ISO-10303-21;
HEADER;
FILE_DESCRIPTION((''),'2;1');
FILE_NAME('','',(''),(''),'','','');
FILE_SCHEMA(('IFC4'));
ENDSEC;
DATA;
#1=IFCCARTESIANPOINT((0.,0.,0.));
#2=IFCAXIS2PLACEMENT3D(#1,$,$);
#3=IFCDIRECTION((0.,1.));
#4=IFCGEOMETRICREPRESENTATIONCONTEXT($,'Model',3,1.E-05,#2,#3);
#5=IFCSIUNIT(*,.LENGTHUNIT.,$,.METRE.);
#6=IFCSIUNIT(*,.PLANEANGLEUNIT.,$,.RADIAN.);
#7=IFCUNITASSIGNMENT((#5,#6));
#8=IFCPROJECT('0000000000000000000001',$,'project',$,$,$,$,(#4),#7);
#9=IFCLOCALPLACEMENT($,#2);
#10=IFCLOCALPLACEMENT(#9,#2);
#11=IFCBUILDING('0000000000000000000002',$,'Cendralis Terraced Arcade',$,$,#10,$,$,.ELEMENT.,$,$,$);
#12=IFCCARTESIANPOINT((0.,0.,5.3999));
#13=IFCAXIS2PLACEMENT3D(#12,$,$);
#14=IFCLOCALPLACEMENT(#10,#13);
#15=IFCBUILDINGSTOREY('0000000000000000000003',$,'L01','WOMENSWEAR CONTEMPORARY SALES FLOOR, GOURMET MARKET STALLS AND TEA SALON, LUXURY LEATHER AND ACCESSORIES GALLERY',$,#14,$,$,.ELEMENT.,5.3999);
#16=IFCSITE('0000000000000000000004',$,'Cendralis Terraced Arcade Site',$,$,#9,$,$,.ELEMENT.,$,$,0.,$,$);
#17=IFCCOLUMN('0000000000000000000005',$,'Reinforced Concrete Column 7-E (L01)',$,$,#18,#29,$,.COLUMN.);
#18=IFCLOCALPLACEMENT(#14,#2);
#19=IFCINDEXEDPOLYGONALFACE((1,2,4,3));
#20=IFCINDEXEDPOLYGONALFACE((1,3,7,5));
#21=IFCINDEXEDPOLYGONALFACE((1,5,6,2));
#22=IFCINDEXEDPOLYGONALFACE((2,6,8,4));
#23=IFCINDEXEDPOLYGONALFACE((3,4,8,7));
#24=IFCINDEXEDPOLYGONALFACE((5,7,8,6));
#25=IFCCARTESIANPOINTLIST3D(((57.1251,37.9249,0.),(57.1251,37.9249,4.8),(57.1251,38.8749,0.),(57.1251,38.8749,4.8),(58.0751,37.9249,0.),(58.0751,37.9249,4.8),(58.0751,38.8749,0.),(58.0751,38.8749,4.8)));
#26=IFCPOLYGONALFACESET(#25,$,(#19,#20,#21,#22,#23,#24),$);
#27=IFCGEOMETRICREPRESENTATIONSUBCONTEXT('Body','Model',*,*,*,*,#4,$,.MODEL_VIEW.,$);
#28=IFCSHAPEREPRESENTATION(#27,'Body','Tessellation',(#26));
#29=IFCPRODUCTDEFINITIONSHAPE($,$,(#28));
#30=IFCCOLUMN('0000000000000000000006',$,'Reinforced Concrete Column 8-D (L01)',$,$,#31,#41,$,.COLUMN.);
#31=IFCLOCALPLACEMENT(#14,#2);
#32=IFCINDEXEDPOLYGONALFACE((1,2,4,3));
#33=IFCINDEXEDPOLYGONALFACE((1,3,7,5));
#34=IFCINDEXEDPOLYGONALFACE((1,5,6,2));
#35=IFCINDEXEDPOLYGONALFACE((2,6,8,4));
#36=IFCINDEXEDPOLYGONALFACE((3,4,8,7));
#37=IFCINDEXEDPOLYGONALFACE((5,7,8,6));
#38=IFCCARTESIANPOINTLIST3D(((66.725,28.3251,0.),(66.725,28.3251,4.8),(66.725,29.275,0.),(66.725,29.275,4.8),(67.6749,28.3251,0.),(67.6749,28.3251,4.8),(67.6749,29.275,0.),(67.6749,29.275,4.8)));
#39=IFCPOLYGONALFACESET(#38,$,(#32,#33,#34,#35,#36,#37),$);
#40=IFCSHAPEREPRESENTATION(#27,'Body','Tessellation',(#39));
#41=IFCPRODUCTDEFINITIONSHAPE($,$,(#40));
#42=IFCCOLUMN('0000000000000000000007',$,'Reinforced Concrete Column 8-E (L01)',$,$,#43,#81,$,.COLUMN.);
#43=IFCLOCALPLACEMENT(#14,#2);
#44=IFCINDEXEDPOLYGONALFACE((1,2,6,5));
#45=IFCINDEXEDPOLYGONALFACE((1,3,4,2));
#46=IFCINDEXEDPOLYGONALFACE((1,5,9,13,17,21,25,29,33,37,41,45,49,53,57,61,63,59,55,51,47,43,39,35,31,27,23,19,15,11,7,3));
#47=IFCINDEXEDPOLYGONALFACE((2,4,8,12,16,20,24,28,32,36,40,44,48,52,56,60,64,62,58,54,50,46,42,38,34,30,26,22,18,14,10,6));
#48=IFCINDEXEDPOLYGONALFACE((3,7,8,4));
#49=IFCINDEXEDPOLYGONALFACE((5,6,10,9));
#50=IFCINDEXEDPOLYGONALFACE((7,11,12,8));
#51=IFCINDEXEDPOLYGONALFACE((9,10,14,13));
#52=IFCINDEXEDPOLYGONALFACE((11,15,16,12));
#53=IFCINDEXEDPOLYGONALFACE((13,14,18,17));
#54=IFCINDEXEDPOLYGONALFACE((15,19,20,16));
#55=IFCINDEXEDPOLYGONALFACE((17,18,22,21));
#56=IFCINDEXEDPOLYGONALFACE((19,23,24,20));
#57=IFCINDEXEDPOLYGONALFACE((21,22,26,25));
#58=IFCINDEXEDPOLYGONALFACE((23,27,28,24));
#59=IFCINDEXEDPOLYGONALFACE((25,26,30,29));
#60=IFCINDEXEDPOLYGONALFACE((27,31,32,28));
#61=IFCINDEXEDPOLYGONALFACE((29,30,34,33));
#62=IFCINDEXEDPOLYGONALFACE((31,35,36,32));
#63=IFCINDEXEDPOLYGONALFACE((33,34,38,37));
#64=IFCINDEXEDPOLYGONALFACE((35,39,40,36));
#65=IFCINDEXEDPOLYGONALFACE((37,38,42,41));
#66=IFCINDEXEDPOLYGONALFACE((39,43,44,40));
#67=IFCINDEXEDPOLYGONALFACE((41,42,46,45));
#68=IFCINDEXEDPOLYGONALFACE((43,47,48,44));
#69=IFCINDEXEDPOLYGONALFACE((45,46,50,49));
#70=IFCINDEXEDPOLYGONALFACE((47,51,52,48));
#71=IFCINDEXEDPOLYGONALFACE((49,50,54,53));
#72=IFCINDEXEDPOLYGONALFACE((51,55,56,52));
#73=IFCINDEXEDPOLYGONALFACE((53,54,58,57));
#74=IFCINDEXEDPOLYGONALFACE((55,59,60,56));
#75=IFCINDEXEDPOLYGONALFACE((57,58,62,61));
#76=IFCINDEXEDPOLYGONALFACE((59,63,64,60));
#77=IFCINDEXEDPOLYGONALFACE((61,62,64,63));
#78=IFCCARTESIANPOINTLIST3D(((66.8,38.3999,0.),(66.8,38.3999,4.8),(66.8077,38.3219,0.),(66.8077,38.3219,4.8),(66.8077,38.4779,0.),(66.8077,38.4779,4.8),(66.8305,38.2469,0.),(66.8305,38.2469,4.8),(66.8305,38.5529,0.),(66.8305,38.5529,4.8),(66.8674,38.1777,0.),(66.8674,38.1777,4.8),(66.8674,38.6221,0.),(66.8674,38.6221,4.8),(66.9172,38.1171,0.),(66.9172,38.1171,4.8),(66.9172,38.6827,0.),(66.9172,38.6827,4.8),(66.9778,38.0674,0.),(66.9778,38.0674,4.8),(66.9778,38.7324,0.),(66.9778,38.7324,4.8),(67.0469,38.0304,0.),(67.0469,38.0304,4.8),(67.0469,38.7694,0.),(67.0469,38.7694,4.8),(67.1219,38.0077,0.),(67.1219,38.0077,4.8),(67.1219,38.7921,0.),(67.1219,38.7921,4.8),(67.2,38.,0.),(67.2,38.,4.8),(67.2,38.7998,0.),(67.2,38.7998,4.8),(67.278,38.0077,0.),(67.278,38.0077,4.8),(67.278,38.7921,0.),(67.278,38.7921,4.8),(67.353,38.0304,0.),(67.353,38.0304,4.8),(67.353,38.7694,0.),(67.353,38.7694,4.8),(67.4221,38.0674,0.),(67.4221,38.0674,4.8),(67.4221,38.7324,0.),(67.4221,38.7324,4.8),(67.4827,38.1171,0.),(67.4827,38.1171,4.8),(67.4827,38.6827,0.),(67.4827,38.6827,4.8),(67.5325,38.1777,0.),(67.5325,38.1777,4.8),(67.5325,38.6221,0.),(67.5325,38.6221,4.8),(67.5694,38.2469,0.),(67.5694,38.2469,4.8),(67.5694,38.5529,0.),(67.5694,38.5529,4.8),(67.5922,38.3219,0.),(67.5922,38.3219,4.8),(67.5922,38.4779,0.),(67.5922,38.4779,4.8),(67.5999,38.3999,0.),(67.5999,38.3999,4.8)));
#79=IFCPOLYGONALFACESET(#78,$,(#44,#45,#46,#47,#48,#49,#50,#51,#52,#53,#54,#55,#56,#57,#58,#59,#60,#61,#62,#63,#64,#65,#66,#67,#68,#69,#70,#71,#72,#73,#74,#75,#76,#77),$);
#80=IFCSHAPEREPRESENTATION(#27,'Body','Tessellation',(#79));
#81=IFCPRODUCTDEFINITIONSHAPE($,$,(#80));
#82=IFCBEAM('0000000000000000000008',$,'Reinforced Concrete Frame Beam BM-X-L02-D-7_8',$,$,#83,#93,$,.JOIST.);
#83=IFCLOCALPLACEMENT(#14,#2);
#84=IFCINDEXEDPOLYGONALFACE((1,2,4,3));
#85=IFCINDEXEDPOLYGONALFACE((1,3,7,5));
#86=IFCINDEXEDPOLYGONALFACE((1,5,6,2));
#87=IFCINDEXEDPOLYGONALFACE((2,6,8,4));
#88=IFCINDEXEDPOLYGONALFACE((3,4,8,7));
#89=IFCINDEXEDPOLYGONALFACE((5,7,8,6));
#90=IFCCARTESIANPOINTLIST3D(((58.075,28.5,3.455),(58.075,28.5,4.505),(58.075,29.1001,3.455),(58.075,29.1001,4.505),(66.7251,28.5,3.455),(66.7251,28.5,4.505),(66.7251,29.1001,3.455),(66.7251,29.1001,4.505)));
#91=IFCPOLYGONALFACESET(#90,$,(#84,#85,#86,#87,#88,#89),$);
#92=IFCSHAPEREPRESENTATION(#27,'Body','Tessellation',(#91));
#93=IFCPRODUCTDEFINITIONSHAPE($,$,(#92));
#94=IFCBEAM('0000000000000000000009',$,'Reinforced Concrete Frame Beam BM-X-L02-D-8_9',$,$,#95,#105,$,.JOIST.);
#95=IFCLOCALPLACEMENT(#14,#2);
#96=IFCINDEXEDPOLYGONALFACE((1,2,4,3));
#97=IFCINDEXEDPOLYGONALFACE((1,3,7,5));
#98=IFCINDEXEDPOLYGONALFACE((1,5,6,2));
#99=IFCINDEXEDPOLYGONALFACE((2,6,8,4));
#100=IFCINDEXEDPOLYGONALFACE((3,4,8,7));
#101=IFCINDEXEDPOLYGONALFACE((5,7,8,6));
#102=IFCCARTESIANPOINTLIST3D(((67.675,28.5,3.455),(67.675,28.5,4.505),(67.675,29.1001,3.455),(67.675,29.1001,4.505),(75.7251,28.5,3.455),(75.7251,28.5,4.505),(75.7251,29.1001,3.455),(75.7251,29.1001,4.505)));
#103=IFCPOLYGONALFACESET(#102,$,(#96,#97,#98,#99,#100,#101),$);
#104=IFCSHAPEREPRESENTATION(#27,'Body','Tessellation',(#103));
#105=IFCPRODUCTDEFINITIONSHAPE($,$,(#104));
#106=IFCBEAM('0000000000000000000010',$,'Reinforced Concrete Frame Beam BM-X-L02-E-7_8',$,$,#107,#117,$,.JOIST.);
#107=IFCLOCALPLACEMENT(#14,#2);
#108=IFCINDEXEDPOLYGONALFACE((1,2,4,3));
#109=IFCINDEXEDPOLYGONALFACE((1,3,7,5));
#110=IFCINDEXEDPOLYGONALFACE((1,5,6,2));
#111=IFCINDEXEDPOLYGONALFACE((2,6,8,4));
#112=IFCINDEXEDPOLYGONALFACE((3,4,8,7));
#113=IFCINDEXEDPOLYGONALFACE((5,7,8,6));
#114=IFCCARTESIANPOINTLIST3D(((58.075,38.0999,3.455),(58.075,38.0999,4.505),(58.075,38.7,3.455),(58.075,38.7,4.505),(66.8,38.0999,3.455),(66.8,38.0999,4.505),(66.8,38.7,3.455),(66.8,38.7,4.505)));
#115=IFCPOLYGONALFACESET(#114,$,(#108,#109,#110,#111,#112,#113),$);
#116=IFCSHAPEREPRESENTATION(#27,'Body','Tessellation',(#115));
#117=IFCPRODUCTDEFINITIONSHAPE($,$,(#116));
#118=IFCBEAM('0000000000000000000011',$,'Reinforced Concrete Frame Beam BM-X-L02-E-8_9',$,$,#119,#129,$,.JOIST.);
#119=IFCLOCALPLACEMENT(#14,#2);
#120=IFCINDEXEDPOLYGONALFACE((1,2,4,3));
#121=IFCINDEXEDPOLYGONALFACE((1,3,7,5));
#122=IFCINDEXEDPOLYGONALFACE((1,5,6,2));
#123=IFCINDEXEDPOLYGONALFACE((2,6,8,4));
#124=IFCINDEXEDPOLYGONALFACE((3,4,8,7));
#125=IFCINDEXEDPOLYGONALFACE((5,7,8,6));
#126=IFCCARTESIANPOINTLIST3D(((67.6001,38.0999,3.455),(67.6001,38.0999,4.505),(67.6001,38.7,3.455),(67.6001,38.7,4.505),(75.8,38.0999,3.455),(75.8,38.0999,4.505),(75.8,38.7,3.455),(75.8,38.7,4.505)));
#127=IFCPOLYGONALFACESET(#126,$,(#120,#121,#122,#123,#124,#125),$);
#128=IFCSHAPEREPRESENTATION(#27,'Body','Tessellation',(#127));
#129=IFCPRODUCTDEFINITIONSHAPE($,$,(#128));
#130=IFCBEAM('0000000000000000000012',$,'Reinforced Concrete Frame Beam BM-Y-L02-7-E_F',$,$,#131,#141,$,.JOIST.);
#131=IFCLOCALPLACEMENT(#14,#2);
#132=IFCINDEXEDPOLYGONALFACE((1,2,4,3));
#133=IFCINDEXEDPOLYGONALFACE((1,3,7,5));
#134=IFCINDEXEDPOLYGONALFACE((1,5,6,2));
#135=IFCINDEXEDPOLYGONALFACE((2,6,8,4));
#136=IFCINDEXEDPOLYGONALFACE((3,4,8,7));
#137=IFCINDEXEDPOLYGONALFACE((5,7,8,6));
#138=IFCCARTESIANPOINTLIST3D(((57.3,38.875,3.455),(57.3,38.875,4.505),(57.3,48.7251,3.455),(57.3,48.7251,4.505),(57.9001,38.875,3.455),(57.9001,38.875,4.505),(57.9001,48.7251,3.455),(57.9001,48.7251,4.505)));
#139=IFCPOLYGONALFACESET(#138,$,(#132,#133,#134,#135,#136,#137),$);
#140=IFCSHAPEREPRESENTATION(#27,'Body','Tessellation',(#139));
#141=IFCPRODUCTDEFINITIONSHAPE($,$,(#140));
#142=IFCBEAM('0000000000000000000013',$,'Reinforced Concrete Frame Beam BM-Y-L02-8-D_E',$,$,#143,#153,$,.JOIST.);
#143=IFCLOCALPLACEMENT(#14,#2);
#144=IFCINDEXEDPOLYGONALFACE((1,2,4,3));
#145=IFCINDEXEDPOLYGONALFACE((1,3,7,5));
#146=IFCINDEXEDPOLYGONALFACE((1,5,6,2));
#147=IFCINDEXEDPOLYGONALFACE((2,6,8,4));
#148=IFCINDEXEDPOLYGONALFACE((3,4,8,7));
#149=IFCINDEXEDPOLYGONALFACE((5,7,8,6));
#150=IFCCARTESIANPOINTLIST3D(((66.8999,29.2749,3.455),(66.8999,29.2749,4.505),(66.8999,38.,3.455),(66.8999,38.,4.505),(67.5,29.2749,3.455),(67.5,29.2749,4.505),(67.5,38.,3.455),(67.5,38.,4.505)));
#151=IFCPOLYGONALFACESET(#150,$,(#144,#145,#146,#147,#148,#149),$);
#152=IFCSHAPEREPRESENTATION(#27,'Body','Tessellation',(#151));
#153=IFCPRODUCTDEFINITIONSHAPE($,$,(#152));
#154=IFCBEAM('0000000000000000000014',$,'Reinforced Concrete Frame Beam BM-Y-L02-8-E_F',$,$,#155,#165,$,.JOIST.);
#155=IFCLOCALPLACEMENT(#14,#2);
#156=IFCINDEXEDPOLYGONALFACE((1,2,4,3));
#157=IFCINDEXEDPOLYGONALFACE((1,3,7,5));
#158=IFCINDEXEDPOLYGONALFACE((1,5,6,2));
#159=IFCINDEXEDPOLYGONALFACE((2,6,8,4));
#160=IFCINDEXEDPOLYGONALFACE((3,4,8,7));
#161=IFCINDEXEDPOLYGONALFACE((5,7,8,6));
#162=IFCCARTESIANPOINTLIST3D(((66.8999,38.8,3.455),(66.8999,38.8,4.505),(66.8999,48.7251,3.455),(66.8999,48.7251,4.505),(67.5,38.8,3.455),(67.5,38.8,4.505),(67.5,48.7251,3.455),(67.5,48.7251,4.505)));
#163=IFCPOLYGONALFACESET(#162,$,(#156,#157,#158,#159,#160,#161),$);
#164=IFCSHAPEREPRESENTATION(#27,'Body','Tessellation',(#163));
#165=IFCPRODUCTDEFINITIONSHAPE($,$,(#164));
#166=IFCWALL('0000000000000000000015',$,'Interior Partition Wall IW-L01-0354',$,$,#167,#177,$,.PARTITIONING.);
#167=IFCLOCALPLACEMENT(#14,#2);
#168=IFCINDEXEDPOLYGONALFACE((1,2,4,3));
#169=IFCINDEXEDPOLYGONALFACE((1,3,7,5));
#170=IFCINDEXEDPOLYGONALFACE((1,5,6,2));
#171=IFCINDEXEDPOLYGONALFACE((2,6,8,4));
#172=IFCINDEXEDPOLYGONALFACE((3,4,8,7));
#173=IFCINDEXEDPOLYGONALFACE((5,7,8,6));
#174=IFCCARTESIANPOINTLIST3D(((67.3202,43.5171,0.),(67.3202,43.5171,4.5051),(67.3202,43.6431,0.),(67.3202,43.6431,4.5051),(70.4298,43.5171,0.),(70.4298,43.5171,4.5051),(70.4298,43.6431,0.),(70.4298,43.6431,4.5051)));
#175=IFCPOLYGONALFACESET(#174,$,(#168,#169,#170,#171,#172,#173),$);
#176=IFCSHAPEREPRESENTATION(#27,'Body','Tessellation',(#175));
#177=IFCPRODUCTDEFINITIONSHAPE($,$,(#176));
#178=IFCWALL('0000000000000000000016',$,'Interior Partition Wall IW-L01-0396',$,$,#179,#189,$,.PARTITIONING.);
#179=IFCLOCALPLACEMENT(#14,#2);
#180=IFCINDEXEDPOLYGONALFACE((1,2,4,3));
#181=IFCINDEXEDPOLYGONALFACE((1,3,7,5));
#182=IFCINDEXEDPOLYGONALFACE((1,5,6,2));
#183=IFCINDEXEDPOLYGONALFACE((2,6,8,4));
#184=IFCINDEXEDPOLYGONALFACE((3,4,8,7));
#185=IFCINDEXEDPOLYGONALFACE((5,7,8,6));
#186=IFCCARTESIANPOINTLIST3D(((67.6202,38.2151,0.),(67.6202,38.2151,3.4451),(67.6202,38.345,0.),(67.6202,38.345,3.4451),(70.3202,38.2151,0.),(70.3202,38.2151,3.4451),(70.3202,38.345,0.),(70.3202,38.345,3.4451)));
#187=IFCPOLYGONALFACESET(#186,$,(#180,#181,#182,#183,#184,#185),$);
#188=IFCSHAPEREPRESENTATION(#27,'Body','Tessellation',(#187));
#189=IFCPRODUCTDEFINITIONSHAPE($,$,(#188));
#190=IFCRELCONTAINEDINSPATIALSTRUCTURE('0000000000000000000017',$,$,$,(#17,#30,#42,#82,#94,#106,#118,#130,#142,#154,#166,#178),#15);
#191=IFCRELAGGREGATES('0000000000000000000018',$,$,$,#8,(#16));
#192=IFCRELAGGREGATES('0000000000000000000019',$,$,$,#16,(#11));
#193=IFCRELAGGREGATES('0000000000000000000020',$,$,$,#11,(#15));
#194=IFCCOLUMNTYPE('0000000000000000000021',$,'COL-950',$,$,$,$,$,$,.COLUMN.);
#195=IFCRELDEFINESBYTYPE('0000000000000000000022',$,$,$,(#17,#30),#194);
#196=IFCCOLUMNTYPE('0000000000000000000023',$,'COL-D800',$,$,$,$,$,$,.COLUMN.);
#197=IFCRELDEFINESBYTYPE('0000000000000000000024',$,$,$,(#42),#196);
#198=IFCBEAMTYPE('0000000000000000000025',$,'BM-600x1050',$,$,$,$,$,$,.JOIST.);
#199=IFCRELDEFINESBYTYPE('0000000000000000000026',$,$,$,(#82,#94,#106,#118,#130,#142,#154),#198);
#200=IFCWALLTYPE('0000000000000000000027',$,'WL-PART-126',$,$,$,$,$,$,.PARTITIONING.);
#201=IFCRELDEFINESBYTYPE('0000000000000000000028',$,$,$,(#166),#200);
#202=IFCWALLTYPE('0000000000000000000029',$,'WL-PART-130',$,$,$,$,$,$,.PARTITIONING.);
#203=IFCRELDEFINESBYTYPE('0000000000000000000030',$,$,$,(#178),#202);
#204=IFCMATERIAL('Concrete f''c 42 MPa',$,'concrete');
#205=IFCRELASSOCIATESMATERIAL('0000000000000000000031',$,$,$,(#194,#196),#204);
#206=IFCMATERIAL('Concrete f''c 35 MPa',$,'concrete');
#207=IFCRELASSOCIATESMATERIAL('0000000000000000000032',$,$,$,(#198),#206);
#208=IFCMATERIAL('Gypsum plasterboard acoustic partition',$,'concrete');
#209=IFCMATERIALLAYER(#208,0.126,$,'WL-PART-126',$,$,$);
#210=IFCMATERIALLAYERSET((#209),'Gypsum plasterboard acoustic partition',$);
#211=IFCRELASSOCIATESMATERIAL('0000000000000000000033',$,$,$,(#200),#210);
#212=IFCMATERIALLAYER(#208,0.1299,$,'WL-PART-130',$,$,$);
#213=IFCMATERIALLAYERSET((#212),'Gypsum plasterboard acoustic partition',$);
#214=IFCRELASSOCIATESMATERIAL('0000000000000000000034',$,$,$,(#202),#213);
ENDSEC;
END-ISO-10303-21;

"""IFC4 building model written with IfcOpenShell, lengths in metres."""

from ifc_helpers import new_model, si_unit, direction, frame, frame_2d, origin, origin_2d, place, context, subcontext, project, spatial, rectangle, circle, extrude, material, layer, layer_set, material_profile, profile_set, type_object, element, save


model = new_model("IFC4")

# Units and contexts
model_context = context("Model", 3, precision=1e-05, world=origin(), true_north=direction((0.0, 1.0)))
body_context = subcontext(model_context, "Body", "Model", "MODEL_VIEW")
ifc_project = project(units=[si_unit("LENGTHUNIT", "METRE"), si_unit("PLANEANGLEUNIT", "RADIAN")], contexts=[model_context])

# Site, building, storey
site_placement = place(None, origin())
site = spatial("IfcSite", under=ifc_project, at=site_placement, Name="Cendralis Terraced Arcade Site", CompositionType="ELEMENT", RefElevation=0.0)
building_placement = place(site_placement, origin())
building = spatial("IfcBuilding", under=site, at=building_placement, Name="Cendralis Terraced Arcade", CompositionType="ELEMENT")
storey_placement = place(building_placement, frame((0.0, 0.0, 5.3999)))
storey = spatial("IfcBuildingStorey", under=building, at=storey_placement, Name="L01", Description="WOMENSWEAR CONTEMPORARY SALES FLOOR, GOURMET MARKET STALLS AND TEA SALON, LUXURY LEATHER AND ACCESSORIES GALLERY", CompositionType="ELEMENT", Elevation=5.3999)

# Columns
ifc_material_1 = material(Name="Concrete f'c 42 MPa", Category="concrete")
ifc_material_profile_1 = material_profile(ifc_material_1, rectangle(XDim=0.95, YDim=0.95, at=origin_2d()), Name="RC-COL-950x950", Category="LoadBearing")
ifc_profile_set_1 = profile_set([ifc_material_profile_1], Name="Concrete f'c 42 MPa")
column_type_1 = type_object("IfcColumnType", Name="COL-950", PredefinedType="COLUMN", material=ifc_profile_set_1)
for number, where, z_axis, x_axis, name in (
    (1, (57.6001, 38.3999, 0.0), (0.0, 0.0, 1.0), (1.0, 0.0, 0.0), "Reinforced Concrete Column 7-E (L01)"),
    (2, (67.2, 28.8, 0.0), (0.0, 0.0, 1.0), (1.0, 0.0, 0.0), "Reinforced Concrete Column 8-D (L01)"),
):
    element("IfcColumn", number, at=place(storey_placement, frame(where, z_axis=z_axis, x_axis=x_axis)), inside=storey, type_object=column_type_1, Name=name, PredefinedType="COLUMN", context=body_context, shape_type="SweptSolid", body=[
        extrude(rectangle(XDim=0.95, YDim=0.95, at=origin_2d()), origin(), (0.0, 0.0, 1.0), 4.8),
    ])
ifc_material_profile_2 = material_profile(ifc_material_1, circle(Radius=0.3999, at=origin_2d()), Name="RC-COL-D800", Category="LoadBearing")
ifc_profile_set_2 = profile_set([ifc_material_profile_2], Name="Concrete f'c 42 MPa")
column_type_2 = type_object("IfcColumnType", Name="COL-D800", PredefinedType="COLUMN", material=ifc_profile_set_2)
column_placement = place(storey_placement, frame((67.2, 38.3999, 0.0), z_axis=(0.0, 0.0, 1.0), x_axis=(1.0, 0.0, 0.0)))
element("IfcColumn", 3, at=column_placement, inside=storey, type_object=column_type_2, Name="Reinforced Concrete Column 8-E (L01)", PredefinedType="COLUMN", context=body_context, shape_type="SweptSolid", body=[
    extrude(circle(Radius=0.3999, at=origin_2d()), origin(), (0.0, 0.0, 1.0), 4.8),
])

# Beams
ifc_material_2 = material(Name="Concrete f'c 35 MPa", Category="concrete")
ifc_material_profile_3 = material_profile(ifc_material_2, rectangle(XDim=0.6001, YDim=1.05, at=origin_2d()), Name="RC-BM-600x1050", Category="LoadBearing")
ifc_profile_set_3 = profile_set([ifc_material_profile_3], Name="Concrete f'c 35 MPa")
beam_type = type_object("IfcBeamType", Name="BM-600x1050", PredefinedType="JOIST", material=ifc_profile_set_3)
beam_1_placement = place(storey_placement, frame((58.075, 28.8, 3.98), z_axis=(1.0, 0.0, 0.0), x_axis=(0.0, 1.0, 0.0)))
element("IfcBeam", 4, at=beam_1_placement, inside=storey, type_object=beam_type, Name="Reinforced Concrete Frame Beam BM-X-L02-D-7_8", PredefinedType="JOIST", context=body_context, shape_type="SweptSolid", body=[
    extrude(rectangle(XDim=0.6001, YDim=1.05, at=origin_2d()), origin(), (0.0, 0.0, 1.0), 8.6501),
])
beam_2_placement = place(storey_placement, frame((67.675, 28.8, 3.98), z_axis=(1.0, 0.0, 0.0), x_axis=(0.0, 1.0, 0.0)))
element("IfcBeam", 5, at=beam_2_placement, inside=storey, type_object=beam_type, Name="Reinforced Concrete Frame Beam BM-X-L02-D-8_9", PredefinedType="JOIST", context=body_context, shape_type="SweptSolid", body=[
    extrude(rectangle(XDim=0.6001, YDim=1.05, at=origin_2d()), origin(), (0.0, 0.0, 1.0), 8.05),
])
beam_3_placement = place(storey_placement, frame((58.075, 38.3999, 3.98), z_axis=(1.0, 0.0, 0.0), x_axis=(0.0, 1.0, 0.0)))
element("IfcBeam", 6, at=beam_3_placement, inside=storey, type_object=beam_type, Name="Reinforced Concrete Frame Beam BM-X-L02-E-7_8", PredefinedType="JOIST", context=body_context, shape_type="SweptSolid", body=[
    extrude(rectangle(XDim=0.6001, YDim=1.05, at=origin_2d()), origin(), (0.0, 0.0, 1.0), 8.7251),
])
beam_4_placement = place(storey_placement, frame((67.6001, 38.3999, 3.98), z_axis=(1.0, 0.0, 0.0), x_axis=(0.0, 1.0, 0.0)))
element("IfcBeam", 7, at=beam_4_placement, inside=storey, type_object=beam_type, Name="Reinforced Concrete Frame Beam BM-X-L02-E-8_9", PredefinedType="JOIST", context=body_context, shape_type="SweptSolid", body=[
    extrude(rectangle(XDim=0.6001, YDim=1.05, at=origin_2d()), origin(), (0.0, 0.0, 1.0), 8.2),
])
beam_5_placement = place(storey_placement, frame((57.6001, 38.875, 3.98), z_axis=(0.0, 1.0, 0.0), x_axis=(-1.0, 0.0, 0.0)))
element("IfcBeam", 8, at=beam_5_placement, inside=storey, type_object=beam_type, Name="Reinforced Concrete Frame Beam BM-Y-L02-7-E_F", PredefinedType="JOIST", context=body_context, shape_type="SweptSolid", body=[
    extrude(rectangle(XDim=0.6001, YDim=1.05, at=origin_2d()), origin(), (0.0, 0.0, 1.0), 9.8501),
])
beam_6_placement = place(storey_placement, frame((67.2, 29.2749, 3.98), z_axis=(0.0, 1.0, 0.0), x_axis=(-1.0, 0.0, 0.0)))
element("IfcBeam", 9, at=beam_6_placement, inside=storey, type_object=beam_type, Name="Reinforced Concrete Frame Beam BM-Y-L02-8-D_E", PredefinedType="JOIST", context=body_context, shape_type="SweptSolid", body=[
    extrude(rectangle(XDim=0.6001, YDim=1.05, at=origin_2d()), origin(), (0.0, 0.0, 1.0), 8.7251),
])
beam_7_placement = place(storey_placement, frame((67.2, 38.8, 3.98), z_axis=(0.0, 1.0, 0.0), x_axis=(-1.0, 0.0, 0.0)))
element("IfcBeam", 10, at=beam_7_placement, inside=storey, type_object=beam_type, Name="Reinforced Concrete Frame Beam BM-Y-L02-8-E_F", PredefinedType="JOIST", context=body_context, shape_type="SweptSolid", body=[
    extrude(rectangle(XDim=0.6001, YDim=1.05, at=origin_2d()), origin(), (0.0, 0.0, 1.0), 9.925),
])

# Walls
ifc_material_3 = material(Name="Gypsum plasterboard acoustic partition", Category="concrete")
ifc_layer_1 = layer(ifc_material_3, 0.126, Name="WL-PART-126")
ifc_layer_set_1 = layer_set([ifc_layer_1], Name="Gypsum plasterboard acoustic partition")
wall_type_1 = type_object("IfcWallType", Name="WL-PART-126", PredefinedType="PARTITIONING", material=ifc_layer_set_1)
wall_1_placement = place(storey_placement, frame((70.4297, 43.5801, 0.0), z_axis=(0.0, 0.0, 1.0), x_axis=(-1.0, 0.0, 0.0)))
element("IfcWall", 11, at=wall_1_placement, inside=storey, type_object=wall_type_1, Name="Interior Partition Wall IW-L01-0354", PredefinedType="PARTITIONING", context=body_context, shape_type="SweptSolid", body=[
    extrude(rectangle(XDim=3.1096, YDim=0.126, at=frame_2d((1.5547, 0.0))), origin(), (0.0, 0.0, 1.0), 4.5051),
])
ifc_layer_2 = layer(ifc_material_3, 0.1299, Name="WL-PART-130")
ifc_layer_set_2 = layer_set([ifc_layer_2], Name="Gypsum plasterboard acoustic partition")
wall_type_2 = type_object("IfcWallType", Name="WL-PART-130", PredefinedType="PARTITIONING", material=ifc_layer_set_2)
wall_2_placement = place(storey_placement, frame((67.6201, 38.28, 0.0), z_axis=(0.0, 0.0, 1.0), x_axis=(1.0, 0.0, 0.0)))
element("IfcWall", 12, at=wall_2_placement, inside=storey, type_object=wall_type_2, Name="Interior Partition Wall IW-L01-0396", PredefinedType="PARTITIONING", context=body_context, shape_type="SweptSolid", body=[
    extrude(rectangle(XDim=2.7, YDim=0.1299, at=frame_2d((1.3501, 0.0))), origin(), (0.0, 0.0, 1.0), 3.4451),
])

save(model, "model.ifc")
